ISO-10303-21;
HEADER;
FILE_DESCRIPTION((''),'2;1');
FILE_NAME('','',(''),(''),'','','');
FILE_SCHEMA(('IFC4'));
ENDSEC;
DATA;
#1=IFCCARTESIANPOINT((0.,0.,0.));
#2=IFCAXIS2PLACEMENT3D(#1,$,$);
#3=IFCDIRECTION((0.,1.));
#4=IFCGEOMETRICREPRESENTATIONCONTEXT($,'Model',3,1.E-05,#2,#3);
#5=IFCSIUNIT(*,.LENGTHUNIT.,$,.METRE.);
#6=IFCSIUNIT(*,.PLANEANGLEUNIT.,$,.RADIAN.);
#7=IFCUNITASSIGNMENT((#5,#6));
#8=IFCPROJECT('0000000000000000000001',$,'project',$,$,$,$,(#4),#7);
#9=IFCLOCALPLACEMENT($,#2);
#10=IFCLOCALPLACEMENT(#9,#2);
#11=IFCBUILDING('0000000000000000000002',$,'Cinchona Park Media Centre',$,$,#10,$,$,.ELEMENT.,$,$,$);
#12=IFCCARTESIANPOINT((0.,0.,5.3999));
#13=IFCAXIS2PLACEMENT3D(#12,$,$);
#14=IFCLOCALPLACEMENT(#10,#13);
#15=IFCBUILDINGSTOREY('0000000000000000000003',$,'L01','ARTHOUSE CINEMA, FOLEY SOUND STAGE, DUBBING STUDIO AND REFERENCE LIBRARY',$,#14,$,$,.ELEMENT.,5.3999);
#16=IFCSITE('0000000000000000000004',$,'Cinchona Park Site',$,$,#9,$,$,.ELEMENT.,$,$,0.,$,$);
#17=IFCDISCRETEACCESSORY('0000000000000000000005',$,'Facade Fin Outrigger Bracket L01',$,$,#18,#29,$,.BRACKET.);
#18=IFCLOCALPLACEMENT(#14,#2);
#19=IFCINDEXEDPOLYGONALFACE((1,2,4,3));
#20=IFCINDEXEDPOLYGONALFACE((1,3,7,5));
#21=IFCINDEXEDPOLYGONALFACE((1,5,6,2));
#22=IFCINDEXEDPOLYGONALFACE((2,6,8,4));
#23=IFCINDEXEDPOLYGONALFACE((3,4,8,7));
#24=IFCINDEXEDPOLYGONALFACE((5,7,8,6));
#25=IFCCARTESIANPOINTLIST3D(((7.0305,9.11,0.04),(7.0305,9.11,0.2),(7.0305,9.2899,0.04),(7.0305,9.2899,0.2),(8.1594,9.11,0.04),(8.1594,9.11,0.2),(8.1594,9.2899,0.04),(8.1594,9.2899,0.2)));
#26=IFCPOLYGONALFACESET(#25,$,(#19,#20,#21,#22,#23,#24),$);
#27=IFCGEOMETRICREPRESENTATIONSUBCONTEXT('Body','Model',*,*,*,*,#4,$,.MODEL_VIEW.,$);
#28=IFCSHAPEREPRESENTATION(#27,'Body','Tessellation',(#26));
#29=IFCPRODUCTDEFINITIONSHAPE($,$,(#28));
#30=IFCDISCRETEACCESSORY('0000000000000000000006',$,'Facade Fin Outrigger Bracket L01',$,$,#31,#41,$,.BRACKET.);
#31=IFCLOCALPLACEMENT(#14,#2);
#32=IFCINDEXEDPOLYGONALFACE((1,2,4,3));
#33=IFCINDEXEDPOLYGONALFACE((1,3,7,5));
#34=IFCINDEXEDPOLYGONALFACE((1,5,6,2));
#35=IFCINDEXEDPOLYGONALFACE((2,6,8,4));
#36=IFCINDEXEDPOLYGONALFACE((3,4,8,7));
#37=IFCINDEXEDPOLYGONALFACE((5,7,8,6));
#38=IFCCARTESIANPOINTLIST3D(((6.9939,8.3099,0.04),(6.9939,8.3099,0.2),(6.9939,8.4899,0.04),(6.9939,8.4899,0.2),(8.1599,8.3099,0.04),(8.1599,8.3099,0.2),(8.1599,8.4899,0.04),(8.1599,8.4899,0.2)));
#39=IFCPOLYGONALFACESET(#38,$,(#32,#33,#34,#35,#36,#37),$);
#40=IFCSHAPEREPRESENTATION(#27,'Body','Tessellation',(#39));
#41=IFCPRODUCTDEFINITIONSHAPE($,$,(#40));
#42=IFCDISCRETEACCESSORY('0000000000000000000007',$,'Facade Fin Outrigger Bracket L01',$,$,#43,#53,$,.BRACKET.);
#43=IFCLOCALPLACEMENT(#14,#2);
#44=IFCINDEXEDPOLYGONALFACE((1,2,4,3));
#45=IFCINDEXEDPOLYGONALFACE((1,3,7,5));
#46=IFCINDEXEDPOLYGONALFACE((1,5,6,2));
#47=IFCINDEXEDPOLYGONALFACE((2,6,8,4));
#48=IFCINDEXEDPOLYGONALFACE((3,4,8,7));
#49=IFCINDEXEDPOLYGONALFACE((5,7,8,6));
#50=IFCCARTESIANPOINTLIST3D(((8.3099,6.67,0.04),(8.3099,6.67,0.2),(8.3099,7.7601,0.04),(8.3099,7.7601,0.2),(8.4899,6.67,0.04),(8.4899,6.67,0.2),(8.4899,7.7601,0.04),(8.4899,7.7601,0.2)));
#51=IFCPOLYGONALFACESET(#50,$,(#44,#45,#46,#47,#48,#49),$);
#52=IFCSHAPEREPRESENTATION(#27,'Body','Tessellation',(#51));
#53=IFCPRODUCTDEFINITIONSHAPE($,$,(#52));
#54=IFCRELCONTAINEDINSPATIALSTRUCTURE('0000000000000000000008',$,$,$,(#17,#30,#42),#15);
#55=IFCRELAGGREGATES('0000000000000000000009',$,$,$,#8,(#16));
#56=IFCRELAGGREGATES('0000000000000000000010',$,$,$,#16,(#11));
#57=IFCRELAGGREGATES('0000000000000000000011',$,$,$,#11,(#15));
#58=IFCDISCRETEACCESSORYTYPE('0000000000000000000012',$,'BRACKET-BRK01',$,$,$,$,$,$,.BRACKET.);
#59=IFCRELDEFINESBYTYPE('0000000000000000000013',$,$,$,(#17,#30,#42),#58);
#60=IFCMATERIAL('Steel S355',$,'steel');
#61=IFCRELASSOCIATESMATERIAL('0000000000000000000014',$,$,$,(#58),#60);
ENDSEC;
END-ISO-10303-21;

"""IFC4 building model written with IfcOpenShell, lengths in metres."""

from ifc_helpers import new_model, si_unit, direction, frame, origin, origin_2d, place, context, subcontext, project, spatial, rectangle, extrude, material, type_object, element, save


model = new_model("IFC4")

# Units and contexts
model_context = context("Model", 3, precision=1e-05, world=origin(), true_north=direction((0.0, 1.0)))
body_context = subcontext(model_context, "Body", "Model", "MODEL_VIEW")
ifc_project = project(units=[si_unit("LENGTHUNIT", "METRE"), si_unit("PLANEANGLEUNIT", "RADIAN")], contexts=[model_context])

# Site, building, storey
site_placement = place(None, origin())
site = spatial("IfcSite", under=ifc_project, at=site_placement, Name="Cinchona Park Site", CompositionType="ELEMENT", RefElevation=0.0)
building_placement = place(site_placement, origin())
building = spatial("IfcBuilding", under=site, at=building_placement, Name="Cinchona Park Media Centre", CompositionType="ELEMENT")
storey_placement = place(building_placement, frame((0.0, 0.0, 5.3999)))
storey = spatial("IfcBuildingStorey", under=building, at=storey_placement, Name="L01", Description="ARTHOUSE CINEMA, FOLEY SOUND STAGE, DUBBING STUDIO AND REFERENCE LIBRARY", CompositionType="ELEMENT", Elevation=5.3999)

# Discrete accessories
ifc_material_1 = material(Name="Steel S355", Category="steel")
discrete_accessory_type = type_object("IfcDiscreteAccessoryType", Name="BRACKET-BRK01", PredefinedType="BRACKET", material=ifc_material_1)
discrete_accessory_1_placement = place(storey_placement, frame((7.595, 9.2, 0.04), z_axis=(0.0, 0.0, 1.0), x_axis=(0.0, -1.0, 0.0)))
element("IfcDiscreteAccessory", 1, at=discrete_accessory_1_placement, inside=storey, type_object=discrete_accessory_type, Name="Facade Fin Outrigger Bracket L01", PredefinedType="BRACKET", context=body_context, shape_type="SweptSolid", body=[
    extrude(rectangle(XDim=0.1799, YDim=1.1289, at=origin_2d()), origin(), (0.0, 0.0, 1.0), 0.1599),
])
discrete_accessory_2_placement = place(storey_placement, frame((7.5769, 8.3999, 0.04), z_axis=(0.0, 0.0, 1.0), x_axis=(0.0, -1.0, 0.0)))
element("IfcDiscreteAccessory", 2, at=discrete_accessory_2_placement, inside=storey, type_object=discrete_accessory_type, Name="Facade Fin Outrigger Bracket L01", PredefinedType="BRACKET", context=body_context, shape_type="SweptSolid", body=[
    extrude(rectangle(XDim=0.1799, YDim=1.166, at=origin_2d()), origin(), (0.0, 0.0, 1.0), 0.1599),
])
discrete_accessory_3_placement = place(storey_placement, frame((8.3999, 7.2151, 0.04), z_axis=(0.0, 0.0, 1.0), x_axis=(1.0, 0.0, 0.0)))
element("IfcDiscreteAccessory", 3, at=discrete_accessory_3_placement, inside=storey, type_object=discrete_accessory_type, Name="Facade Fin Outrigger Bracket L01", PredefinedType="BRACKET", context=body_context, shape_type="SweptSolid", body=[
    extrude(rectangle(XDim=0.1799, YDim=1.0901, at=origin_2d()), origin(), (0.0, 0.0, 1.0), 0.1599),
])

save(model, "model.ifc")
